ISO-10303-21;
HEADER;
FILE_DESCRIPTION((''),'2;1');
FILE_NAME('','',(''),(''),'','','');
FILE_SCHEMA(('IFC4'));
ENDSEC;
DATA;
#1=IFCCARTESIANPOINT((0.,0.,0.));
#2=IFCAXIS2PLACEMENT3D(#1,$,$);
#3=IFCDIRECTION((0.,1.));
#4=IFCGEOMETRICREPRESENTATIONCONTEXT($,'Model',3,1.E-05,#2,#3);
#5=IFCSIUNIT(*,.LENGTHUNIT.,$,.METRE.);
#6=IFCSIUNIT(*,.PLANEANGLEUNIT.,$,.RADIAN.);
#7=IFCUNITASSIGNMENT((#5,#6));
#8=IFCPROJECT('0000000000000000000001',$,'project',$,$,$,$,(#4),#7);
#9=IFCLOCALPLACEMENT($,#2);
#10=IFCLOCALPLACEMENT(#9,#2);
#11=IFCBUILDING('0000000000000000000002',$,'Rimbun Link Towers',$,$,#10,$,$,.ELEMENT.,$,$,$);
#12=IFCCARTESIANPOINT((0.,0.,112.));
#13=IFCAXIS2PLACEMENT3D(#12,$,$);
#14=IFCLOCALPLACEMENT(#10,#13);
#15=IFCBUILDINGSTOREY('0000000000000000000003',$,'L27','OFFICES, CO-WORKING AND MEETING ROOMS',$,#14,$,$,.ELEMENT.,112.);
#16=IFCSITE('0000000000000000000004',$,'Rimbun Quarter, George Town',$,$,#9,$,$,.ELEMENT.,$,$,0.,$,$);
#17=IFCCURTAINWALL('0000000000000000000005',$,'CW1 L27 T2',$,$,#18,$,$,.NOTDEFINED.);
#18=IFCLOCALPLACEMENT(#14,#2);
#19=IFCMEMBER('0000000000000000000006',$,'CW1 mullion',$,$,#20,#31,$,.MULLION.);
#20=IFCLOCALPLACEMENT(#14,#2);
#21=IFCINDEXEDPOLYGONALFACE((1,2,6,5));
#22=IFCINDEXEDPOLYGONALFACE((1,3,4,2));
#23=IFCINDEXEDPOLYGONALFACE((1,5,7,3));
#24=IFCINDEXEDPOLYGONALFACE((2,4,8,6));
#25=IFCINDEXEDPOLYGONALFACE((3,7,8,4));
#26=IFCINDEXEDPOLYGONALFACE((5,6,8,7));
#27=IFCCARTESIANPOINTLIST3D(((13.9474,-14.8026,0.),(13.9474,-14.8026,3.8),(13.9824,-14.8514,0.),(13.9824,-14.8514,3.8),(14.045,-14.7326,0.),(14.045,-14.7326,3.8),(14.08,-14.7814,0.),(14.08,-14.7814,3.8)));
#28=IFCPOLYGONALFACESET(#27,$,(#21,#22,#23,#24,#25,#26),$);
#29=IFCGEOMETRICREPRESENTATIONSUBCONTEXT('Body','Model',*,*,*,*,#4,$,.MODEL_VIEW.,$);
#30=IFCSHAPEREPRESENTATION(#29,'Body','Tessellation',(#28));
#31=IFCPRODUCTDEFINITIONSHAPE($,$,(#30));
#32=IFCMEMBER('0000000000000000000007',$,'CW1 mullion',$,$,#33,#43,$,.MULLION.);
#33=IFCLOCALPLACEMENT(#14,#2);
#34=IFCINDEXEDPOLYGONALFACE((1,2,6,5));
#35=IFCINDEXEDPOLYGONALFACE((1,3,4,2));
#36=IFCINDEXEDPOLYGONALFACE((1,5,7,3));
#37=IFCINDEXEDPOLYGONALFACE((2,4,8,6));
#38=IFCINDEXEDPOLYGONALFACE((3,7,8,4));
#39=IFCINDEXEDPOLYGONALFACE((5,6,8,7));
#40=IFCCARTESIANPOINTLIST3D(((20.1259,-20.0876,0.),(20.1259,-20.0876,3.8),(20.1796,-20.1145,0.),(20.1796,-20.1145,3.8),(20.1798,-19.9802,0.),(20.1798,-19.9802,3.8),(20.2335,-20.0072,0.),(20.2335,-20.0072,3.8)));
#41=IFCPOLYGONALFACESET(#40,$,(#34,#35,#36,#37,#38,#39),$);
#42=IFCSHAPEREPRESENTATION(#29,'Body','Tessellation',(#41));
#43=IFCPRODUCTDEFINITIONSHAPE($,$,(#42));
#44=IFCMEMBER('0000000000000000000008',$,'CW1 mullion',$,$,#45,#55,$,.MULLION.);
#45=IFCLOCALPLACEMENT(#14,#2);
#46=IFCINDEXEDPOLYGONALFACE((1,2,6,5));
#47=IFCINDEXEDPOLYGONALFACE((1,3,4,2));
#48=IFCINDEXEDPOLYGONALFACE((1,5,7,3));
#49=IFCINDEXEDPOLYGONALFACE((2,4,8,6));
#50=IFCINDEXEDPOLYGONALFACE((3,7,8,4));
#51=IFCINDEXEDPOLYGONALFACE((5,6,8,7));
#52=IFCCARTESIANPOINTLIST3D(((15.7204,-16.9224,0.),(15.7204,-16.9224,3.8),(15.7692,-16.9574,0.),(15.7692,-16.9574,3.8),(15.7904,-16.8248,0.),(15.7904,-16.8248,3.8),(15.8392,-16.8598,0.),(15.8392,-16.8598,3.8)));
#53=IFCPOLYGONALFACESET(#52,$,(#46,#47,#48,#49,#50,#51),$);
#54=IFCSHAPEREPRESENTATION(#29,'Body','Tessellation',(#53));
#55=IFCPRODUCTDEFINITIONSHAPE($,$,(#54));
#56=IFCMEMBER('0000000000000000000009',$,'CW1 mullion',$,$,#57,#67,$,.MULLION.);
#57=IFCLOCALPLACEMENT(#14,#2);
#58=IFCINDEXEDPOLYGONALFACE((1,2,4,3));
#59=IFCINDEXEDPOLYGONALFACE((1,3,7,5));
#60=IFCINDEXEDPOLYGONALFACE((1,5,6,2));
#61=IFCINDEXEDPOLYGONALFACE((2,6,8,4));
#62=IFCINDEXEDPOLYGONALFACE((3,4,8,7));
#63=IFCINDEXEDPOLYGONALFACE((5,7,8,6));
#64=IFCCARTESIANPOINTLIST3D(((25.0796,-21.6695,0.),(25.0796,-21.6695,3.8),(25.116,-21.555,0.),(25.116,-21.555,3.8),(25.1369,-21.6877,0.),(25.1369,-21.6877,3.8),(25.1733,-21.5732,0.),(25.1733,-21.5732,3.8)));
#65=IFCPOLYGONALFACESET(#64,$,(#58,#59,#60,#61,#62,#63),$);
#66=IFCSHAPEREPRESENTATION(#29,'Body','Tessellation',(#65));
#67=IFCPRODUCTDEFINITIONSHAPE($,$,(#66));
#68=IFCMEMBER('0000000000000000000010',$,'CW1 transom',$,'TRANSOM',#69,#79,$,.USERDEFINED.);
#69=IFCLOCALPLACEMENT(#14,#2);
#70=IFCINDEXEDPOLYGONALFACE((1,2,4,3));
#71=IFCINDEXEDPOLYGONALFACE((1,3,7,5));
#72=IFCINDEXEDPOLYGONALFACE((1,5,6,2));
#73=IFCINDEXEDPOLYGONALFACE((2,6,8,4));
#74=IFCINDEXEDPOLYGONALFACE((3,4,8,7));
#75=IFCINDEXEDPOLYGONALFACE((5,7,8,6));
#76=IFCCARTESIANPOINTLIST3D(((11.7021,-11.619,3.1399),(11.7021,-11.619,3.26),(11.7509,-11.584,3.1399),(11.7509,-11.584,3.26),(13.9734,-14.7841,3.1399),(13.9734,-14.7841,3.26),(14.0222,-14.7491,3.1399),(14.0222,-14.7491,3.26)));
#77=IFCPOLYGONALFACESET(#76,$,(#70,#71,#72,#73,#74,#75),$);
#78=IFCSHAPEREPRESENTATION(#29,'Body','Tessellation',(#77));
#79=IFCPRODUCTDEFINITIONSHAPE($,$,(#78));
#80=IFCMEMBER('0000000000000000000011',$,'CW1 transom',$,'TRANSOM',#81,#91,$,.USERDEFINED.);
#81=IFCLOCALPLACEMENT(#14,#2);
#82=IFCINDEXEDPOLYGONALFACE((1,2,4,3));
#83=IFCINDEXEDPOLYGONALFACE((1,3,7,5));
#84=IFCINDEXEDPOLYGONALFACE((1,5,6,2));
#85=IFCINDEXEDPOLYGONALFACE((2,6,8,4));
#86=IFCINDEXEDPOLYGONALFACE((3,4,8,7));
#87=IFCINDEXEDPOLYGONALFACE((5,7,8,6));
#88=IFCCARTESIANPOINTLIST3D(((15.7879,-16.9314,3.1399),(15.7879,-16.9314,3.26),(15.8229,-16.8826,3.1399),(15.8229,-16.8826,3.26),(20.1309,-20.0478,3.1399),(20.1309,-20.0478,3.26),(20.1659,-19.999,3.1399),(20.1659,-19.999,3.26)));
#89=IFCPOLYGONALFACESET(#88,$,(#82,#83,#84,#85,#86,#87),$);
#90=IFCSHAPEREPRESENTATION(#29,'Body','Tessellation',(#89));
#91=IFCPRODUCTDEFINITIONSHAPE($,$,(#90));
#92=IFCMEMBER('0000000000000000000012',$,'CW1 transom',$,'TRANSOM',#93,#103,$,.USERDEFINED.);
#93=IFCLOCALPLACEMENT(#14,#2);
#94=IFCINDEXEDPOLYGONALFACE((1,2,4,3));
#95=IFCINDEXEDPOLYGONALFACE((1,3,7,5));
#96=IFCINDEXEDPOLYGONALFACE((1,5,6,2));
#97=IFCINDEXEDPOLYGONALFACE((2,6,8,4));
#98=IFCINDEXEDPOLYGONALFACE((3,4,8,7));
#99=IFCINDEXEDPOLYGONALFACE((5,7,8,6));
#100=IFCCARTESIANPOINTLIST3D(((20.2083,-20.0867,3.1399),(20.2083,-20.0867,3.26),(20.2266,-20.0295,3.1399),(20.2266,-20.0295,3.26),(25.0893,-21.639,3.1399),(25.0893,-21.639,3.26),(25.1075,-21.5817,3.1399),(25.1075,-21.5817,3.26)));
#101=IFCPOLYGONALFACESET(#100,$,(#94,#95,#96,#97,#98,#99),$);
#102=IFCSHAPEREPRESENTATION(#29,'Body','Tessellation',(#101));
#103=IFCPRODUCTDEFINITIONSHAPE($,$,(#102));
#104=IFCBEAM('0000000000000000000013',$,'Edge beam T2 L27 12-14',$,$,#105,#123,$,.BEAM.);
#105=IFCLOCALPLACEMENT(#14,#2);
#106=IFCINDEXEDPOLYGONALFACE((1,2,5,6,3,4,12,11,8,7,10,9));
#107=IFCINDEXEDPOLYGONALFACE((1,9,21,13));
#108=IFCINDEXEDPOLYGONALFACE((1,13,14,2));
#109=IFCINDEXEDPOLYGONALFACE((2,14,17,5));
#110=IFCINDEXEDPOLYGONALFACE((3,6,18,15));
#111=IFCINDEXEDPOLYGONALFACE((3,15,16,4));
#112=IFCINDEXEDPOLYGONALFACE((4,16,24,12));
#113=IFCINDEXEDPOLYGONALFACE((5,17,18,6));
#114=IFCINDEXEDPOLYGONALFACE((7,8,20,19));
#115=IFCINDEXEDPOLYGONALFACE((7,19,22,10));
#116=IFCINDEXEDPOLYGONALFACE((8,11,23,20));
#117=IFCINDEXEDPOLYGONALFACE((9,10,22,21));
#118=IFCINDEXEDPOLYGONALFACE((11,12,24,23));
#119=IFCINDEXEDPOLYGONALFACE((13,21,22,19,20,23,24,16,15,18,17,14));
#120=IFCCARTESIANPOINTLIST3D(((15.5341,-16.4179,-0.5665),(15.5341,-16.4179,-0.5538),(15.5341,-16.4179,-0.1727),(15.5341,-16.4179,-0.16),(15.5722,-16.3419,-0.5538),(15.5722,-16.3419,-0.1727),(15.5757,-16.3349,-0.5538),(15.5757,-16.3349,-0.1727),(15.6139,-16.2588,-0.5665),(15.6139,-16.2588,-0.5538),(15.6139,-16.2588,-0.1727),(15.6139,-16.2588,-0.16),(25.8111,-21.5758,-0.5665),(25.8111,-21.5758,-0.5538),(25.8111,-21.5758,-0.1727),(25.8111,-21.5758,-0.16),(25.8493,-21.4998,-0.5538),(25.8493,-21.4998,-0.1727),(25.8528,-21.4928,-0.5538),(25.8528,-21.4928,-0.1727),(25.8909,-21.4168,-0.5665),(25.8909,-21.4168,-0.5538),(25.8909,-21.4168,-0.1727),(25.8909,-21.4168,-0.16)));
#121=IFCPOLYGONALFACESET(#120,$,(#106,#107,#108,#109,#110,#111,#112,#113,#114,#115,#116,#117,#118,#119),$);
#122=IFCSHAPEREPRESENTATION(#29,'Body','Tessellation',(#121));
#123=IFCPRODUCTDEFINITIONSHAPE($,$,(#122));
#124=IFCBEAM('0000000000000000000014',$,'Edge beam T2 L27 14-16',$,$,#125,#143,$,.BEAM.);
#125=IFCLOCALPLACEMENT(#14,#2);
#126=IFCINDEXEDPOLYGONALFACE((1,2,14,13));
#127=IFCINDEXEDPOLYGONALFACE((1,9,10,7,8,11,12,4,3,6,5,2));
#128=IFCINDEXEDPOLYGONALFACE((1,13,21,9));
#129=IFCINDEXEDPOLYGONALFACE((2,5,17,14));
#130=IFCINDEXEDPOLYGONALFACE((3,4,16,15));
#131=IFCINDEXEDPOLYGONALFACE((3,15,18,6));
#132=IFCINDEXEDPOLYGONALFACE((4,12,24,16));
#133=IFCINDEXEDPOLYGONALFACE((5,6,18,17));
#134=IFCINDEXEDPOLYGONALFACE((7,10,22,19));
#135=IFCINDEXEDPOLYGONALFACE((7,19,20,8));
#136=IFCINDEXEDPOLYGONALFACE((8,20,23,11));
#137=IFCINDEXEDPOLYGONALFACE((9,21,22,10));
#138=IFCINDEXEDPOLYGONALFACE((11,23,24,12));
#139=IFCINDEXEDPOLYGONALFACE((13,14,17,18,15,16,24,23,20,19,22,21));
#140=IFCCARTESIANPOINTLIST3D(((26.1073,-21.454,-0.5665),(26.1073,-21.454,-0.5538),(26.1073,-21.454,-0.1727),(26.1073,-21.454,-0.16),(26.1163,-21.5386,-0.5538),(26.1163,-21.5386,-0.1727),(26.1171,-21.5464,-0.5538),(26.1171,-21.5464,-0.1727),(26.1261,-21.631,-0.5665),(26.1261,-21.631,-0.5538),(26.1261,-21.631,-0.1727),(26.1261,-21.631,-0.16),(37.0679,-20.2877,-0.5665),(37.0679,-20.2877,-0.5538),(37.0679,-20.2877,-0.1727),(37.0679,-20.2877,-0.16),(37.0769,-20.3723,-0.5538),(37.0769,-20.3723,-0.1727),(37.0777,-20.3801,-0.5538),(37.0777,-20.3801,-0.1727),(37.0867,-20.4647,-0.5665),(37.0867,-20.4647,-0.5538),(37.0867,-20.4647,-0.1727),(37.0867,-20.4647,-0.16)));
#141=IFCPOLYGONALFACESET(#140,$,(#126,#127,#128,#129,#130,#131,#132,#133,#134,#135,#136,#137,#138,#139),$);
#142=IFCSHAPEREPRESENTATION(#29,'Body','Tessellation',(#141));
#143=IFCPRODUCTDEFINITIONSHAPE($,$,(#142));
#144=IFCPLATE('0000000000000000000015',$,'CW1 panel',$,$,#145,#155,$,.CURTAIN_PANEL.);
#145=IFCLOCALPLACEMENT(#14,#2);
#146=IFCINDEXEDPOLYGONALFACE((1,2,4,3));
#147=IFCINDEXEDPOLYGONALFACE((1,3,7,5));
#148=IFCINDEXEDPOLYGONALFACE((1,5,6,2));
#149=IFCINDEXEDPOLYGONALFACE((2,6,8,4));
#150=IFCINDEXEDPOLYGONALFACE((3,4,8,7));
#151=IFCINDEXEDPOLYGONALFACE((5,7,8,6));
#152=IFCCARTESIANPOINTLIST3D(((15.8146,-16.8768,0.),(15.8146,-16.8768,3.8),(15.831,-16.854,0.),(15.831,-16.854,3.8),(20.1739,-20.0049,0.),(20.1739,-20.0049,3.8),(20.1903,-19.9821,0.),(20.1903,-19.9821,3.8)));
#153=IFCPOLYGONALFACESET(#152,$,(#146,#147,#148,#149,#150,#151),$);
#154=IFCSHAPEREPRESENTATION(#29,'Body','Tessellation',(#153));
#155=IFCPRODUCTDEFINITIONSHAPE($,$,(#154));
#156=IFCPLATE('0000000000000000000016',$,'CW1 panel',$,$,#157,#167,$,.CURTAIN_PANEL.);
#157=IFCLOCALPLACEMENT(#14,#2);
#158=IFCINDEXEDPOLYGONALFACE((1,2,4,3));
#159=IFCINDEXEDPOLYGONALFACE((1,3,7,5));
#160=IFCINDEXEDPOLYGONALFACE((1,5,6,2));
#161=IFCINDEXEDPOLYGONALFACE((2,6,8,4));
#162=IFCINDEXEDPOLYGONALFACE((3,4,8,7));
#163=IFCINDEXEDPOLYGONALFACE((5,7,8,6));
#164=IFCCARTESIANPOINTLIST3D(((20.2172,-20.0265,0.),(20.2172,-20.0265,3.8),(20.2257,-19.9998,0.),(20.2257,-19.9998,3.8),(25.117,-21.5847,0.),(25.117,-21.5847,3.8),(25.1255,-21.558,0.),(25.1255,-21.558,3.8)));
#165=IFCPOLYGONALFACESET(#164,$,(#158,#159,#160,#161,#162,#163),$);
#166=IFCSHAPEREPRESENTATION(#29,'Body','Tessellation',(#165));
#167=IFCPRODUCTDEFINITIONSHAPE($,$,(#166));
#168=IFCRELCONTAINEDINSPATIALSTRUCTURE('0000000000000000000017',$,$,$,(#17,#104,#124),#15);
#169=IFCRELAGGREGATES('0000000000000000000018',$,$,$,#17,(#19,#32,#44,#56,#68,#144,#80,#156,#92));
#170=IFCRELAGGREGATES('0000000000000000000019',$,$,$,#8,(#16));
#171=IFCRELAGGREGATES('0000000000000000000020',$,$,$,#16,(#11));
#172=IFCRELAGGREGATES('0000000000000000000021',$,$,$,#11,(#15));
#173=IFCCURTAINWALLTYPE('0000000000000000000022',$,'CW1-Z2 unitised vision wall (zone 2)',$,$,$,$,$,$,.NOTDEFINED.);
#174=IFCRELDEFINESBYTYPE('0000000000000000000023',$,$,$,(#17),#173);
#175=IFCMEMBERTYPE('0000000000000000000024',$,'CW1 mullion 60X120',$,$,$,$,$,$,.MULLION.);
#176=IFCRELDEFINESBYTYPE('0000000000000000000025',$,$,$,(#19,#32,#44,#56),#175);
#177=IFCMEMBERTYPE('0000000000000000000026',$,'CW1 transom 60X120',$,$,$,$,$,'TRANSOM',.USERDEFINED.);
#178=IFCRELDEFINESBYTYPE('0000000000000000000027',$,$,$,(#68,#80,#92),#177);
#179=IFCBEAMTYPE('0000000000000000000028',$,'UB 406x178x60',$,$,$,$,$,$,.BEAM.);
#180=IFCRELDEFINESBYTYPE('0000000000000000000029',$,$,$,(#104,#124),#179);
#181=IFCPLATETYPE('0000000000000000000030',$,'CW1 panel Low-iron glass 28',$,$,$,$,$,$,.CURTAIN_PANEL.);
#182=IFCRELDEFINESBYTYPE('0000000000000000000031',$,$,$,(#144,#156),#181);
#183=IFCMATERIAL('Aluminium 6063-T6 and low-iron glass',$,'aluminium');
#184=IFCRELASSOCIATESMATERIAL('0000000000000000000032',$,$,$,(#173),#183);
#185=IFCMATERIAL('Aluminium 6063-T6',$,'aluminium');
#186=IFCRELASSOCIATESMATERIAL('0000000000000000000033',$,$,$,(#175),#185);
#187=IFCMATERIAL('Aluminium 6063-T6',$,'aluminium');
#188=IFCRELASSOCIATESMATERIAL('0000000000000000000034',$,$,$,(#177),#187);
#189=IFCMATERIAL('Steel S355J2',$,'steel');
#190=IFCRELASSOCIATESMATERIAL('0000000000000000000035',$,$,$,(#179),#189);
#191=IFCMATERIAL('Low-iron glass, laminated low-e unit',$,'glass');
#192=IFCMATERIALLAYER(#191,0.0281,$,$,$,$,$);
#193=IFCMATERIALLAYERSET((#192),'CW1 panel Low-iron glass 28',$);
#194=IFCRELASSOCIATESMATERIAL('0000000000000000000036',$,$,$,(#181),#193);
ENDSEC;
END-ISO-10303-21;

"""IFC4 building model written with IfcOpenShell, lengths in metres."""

from ifc_helpers import new_model, si_unit, direction, frame, origin, origin_2d, place, context, subcontext, project, spatial, rectangle, i_section, extrude, material, layer, layer_set, material_profile, profile_set, type_object, element, aggregate, save


model = new_model("IFC4")

# Units and contexts
model_context = context("Model", 3, precision=1e-05, world=origin(), true_north=direction((0.0, 1.0)))
body_context = subcontext(model_context, "Body", "Model", "MODEL_VIEW")
ifc_project = project(units=[si_unit("LENGTHUNIT", "METRE"), si_unit("PLANEANGLEUNIT", "RADIAN")], contexts=[model_context])

# Site, building, storey
site_placement = place(None, origin())
site = spatial("IfcSite", under=ifc_project, at=site_placement, Name="Rimbun Quarter, George Town", CompositionType="ELEMENT", RefElevation=0.0)
building_placement = place(site_placement, origin())
building = spatial("IfcBuilding", under=site, at=building_placement, Name="Rimbun Link Towers", CompositionType="ELEMENT")
storey_placement = place(building_placement, frame((0.0, 0.0, 112.0)))
storey = spatial("IfcBuildingStorey", under=building, at=storey_placement, Name="L27", Description="OFFICES, CO-WORKING AND MEETING ROOMS", CompositionType="ELEMENT", Elevation=112.0)

# Curtain wall, members
ifc_material_1 = material(Name="Aluminium 6063-T6 and low-iron glass", Category="aluminium")
curtain_wall_type = type_object("IfcCurtainWallType", Name="CW1-Z2 unitised vision wall (zone 2)", PredefinedType="NOTDEFINED", material=ifc_material_1)
curtain_wall_placement = place(storey_placement, origin())
curtain_wall = element("IfcCurtainWall", 1, at=curtain_wall_placement, inside=storey, type_object=curtain_wall_type, Name="CW1 L27 T2", PredefinedType="NOTDEFINED")
ifc_material_2 = material(Name="Aluminium 6063-T6", Category="aluminium")
ifc_material_profile_1 = material_profile(ifc_material_2, rectangle(XDim=0.1201, YDim=0.0601, at=origin_2d()), Name="MULLION 60X120")
ifc_profile_set_1 = profile_set([ifc_material_profile_1], Name="Aluminium 6063-T6")
member_type_1 = type_object("IfcMemberType", Name="CW1 mullion 60X120", PredefinedType="MULLION", material=ifc_profile_set_1)
member_1_placement = place(storey_placement, frame((14.0137, -14.792, 0.0), z_axis=(0.0, 0.0, 1.0), x_axis=(-0.812467, -0.583007, 0.0)))
member_1 = element("IfcMember", 2, at=member_1_placement, type_object=member_type_1, Name="CW1 mullion", PredefinedType="MULLION", context=body_context, shape_type="SweptSolid", body=[
    extrude(rectangle(XDim=0.1201, YDim=0.0601, at=origin_2d()), origin(), (0.0, 0.0, 1.0), 3.8),
])
member_2_placement = place(storey_placement, frame((20.1797, -20.0474, 0.0), z_axis=(0.0, 0.0, 1.0), x_axis=(-0.448567, -0.893749, 0.0)))
member_2 = element("IfcMember", 3, at=member_2_placement, type_object=member_type_1, Name="CW1 mullion", PredefinedType="MULLION", context=body_context, shape_type="SweptSolid", body=[
    extrude(rectangle(XDim=0.1201, YDim=0.0601, at=origin_2d()), origin(), (0.0, 0.0, 1.0), 3.8),
])
member_3_placement = place(storey_placement, frame((15.7798, -16.8911, 0.0), z_axis=(0.0, 0.0, 1.0), x_axis=(-0.583007, -0.812467, 0.0)))
member_3 = element("IfcMember", 4, at=member_3_placement, type_object=member_type_1, Name="CW1 mullion", PredefinedType="MULLION", context=body_context, shape_type="SweptSolid", body=[
    extrude(rectangle(XDim=0.1201, YDim=0.0601, at=origin_2d()), origin(), (0.0, 0.0, 1.0), 3.8),
])
member_4_placement = place(storey_placement, frame((25.1265, -21.6213, 0.0), z_axis=(0.0, 0.0, 1.0), x_axis=(-0.303057, -0.952972, 0.0)))
member_4 = element("IfcMember", 5, at=member_4_placement, type_object=member_type_1, Name="CW1 mullion", PredefinedType="MULLION", context=body_context, shape_type="SweptSolid", body=[
    extrude(rectangle(XDim=0.1201, YDim=0.0601, at=origin_2d()), origin(), (0.0, 0.0, 1.0), 3.8),
])
ifc_material_3 = material(Name="Aluminium 6063-T6", Category="aluminium")
ifc_material_profile_2 = material_profile(ifc_material_3, rectangle(XDim=0.0601, YDim=0.1201, at=origin_2d()), Name="TRANSOM 60X120")
ifc_profile_set_2 = profile_set([ifc_material_profile_2], Name="Aluminium 6063-T6")
member_type_2 = type_object("IfcMemberType", Name="CW1 transom 60X120", ElementType="TRANSOM", PredefinedType="USERDEFINED", material=ifc_profile_set_2)
member_5_placement = place(storey_placement, frame((13.9978, -14.7666, 3.2), z_axis=(-0.583021, 0.812457, 0.0), x_axis=(-0.812457, -0.583021, 0.0)))
member_5 = element("IfcMember", 6, at=member_5_placement, type_object=member_type_2, Name="CW1 transom", ObjectType="TRANSOM", PredefinedType="USERDEFINED", context=body_context, shape_type="SweptSolid", body=[
    extrude(rectangle(XDim=0.0601, YDim=0.1201, at=origin_2d()), origin(), (0.0, 0.0, 1.0), 3.8958),
])
member_6_placement = place(storey_placement, frame((20.1484, -20.0234, 3.2), z_axis=(-0.812466, 0.583008, 0.0), x_axis=(-0.583008, -0.812466, 0.0)))
member_6 = element("IfcMember", 7, at=member_6_placement, type_object=member_type_2, Name="CW1 transom", ObjectType="TRANSOM", PredefinedType="USERDEFINED", context=body_context, shape_type="SweptSolid", body=[
    extrude(rectangle(XDim=0.0601, YDim=0.1201, at=origin_2d()), origin(), (0.0, 0.0, 1.0), 5.3455),
])
member_7_placement = place(storey_placement, frame((25.0984, -21.6104, 3.2), z_axis=(-0.952968, 0.30307, 0.0), x_axis=(-0.30307, -0.952968, 0.0)))
member_7 = element("IfcMember", 8, at=member_7_placement, type_object=member_type_2, Name="CW1 transom", ObjectType="TRANSOM", PredefinedType="USERDEFINED", context=body_context, shape_type="SweptSolid", body=[
    extrude(rectangle(XDim=0.0601, YDim=0.1201, at=origin_2d()), origin(), (0.0, 0.0, 1.0), 5.1218),
])

# Beams
ifc_material_4 = material(Name="Steel S355J2", Category="steel")
ifc_material_profile_3 = material_profile(ifc_material_4, i_section(OverallWidth=0.178, OverallDepth=0.4065, WebThickness=0.0078, FlangeThickness=0.0127, at=origin_2d()), Name="UB 406x178x60")
ifc_profile_set_3 = profile_set([ifc_material_profile_3], Name="Steel S355J2")
beam_type = type_object("IfcBeamType", Name="UB 406x178x60", PredefinedType="BEAM", material=ifc_profile_set_3)
beam_1_placement = place(storey_placement, frame((15.574, -16.3384, -0.3633), z_axis=(0.893751, -0.448563, 0.0), x_axis=(0.448563, 0.893751, 0.0)))
element("IfcBeam", 9, at=beam_1_placement, inside=storey, type_object=beam_type, Name="Edge beam T2 L27 12-14", PredefinedType="BEAM", context=body_context, shape_type="SweptSolid", body=[
    extrude(i_section(OverallWidth=0.178, OverallDepth=0.4065, WebThickness=0.0078, FlangeThickness=0.0127, at=origin_2d()), origin(), (0.0, 0.0, 1.0), 11.4988),
])
beam_2_placement = place(storey_placement, frame((26.1167, -21.5425, -0.3633), z_axis=(0.994387, 0.105807, 0.0), x_axis=(-0.105807, 0.994387, 0.0)))
element("IfcBeam", 10, at=beam_2_placement, inside=storey, type_object=beam_type, Name="Edge beam T2 L27 14-16", PredefinedType="BEAM", context=body_context, shape_type="SweptSolid", body=[
    extrude(i_section(OverallWidth=0.178, OverallDepth=0.4065, WebThickness=0.0078, FlangeThickness=0.0127, at=origin_2d()), origin(), (0.0, 0.0, 1.0), 11.0225),
])

# Plates
ifc_material_5 = material(Name="Low-iron glass, laminated low-e unit", Category="glass")
ifc_layer = layer(ifc_material_5, 0.0281)
ifc_layer_set = layer_set([ifc_layer], Name="CW1 panel Low-iron glass 28")
plate_type = type_object("IfcPlateType", Name="CW1 panel Low-iron glass 28", PredefinedType="CURTAIN_PANEL", material=ifc_layer_set)
plate_1_placement = place(storey_placement, frame((18.0024, -18.4294, 0.0), z_axis=(0.0, 0.0, 1.0), x_axis=(-0.812467, 0.583007, 0.0)))
plate_1 = element("IfcPlate", 11, at=plate_1_placement, type_object=plate_type, Name="CW1 panel", PredefinedType="CURTAIN_PANEL", context=body_context, shape_type="SweptSolid", body=[
    extrude(rectangle(XDim=5.3655, YDim=0.0281, at=origin_2d()), origin(), (0.0, 0.0, 1.0), 3.8),
])
plate_2_placement = place(storey_placement, frame((22.6714, -20.7922, 0.0), z_axis=(0.0, 0.0, 1.0), x_axis=(-0.952972, 0.303057, 0.0)))
plate_2 = element("IfcPlate", 12, at=plate_2_placement, type_object=plate_type, Name="CW1 panel", PredefinedType="CURTAIN_PANEL", context=body_context, shape_type="SweptSolid", body=[
    extrude(rectangle(XDim=5.1416, YDim=0.0281, at=origin_2d()), origin(), (0.0, 0.0, 1.0), 3.8),
])
aggregate(curtain_wall, [member_1, member_2, member_3, member_4, member_5, plate_1, member_6, plate_2, member_7])

save(model, "model.ifc")
